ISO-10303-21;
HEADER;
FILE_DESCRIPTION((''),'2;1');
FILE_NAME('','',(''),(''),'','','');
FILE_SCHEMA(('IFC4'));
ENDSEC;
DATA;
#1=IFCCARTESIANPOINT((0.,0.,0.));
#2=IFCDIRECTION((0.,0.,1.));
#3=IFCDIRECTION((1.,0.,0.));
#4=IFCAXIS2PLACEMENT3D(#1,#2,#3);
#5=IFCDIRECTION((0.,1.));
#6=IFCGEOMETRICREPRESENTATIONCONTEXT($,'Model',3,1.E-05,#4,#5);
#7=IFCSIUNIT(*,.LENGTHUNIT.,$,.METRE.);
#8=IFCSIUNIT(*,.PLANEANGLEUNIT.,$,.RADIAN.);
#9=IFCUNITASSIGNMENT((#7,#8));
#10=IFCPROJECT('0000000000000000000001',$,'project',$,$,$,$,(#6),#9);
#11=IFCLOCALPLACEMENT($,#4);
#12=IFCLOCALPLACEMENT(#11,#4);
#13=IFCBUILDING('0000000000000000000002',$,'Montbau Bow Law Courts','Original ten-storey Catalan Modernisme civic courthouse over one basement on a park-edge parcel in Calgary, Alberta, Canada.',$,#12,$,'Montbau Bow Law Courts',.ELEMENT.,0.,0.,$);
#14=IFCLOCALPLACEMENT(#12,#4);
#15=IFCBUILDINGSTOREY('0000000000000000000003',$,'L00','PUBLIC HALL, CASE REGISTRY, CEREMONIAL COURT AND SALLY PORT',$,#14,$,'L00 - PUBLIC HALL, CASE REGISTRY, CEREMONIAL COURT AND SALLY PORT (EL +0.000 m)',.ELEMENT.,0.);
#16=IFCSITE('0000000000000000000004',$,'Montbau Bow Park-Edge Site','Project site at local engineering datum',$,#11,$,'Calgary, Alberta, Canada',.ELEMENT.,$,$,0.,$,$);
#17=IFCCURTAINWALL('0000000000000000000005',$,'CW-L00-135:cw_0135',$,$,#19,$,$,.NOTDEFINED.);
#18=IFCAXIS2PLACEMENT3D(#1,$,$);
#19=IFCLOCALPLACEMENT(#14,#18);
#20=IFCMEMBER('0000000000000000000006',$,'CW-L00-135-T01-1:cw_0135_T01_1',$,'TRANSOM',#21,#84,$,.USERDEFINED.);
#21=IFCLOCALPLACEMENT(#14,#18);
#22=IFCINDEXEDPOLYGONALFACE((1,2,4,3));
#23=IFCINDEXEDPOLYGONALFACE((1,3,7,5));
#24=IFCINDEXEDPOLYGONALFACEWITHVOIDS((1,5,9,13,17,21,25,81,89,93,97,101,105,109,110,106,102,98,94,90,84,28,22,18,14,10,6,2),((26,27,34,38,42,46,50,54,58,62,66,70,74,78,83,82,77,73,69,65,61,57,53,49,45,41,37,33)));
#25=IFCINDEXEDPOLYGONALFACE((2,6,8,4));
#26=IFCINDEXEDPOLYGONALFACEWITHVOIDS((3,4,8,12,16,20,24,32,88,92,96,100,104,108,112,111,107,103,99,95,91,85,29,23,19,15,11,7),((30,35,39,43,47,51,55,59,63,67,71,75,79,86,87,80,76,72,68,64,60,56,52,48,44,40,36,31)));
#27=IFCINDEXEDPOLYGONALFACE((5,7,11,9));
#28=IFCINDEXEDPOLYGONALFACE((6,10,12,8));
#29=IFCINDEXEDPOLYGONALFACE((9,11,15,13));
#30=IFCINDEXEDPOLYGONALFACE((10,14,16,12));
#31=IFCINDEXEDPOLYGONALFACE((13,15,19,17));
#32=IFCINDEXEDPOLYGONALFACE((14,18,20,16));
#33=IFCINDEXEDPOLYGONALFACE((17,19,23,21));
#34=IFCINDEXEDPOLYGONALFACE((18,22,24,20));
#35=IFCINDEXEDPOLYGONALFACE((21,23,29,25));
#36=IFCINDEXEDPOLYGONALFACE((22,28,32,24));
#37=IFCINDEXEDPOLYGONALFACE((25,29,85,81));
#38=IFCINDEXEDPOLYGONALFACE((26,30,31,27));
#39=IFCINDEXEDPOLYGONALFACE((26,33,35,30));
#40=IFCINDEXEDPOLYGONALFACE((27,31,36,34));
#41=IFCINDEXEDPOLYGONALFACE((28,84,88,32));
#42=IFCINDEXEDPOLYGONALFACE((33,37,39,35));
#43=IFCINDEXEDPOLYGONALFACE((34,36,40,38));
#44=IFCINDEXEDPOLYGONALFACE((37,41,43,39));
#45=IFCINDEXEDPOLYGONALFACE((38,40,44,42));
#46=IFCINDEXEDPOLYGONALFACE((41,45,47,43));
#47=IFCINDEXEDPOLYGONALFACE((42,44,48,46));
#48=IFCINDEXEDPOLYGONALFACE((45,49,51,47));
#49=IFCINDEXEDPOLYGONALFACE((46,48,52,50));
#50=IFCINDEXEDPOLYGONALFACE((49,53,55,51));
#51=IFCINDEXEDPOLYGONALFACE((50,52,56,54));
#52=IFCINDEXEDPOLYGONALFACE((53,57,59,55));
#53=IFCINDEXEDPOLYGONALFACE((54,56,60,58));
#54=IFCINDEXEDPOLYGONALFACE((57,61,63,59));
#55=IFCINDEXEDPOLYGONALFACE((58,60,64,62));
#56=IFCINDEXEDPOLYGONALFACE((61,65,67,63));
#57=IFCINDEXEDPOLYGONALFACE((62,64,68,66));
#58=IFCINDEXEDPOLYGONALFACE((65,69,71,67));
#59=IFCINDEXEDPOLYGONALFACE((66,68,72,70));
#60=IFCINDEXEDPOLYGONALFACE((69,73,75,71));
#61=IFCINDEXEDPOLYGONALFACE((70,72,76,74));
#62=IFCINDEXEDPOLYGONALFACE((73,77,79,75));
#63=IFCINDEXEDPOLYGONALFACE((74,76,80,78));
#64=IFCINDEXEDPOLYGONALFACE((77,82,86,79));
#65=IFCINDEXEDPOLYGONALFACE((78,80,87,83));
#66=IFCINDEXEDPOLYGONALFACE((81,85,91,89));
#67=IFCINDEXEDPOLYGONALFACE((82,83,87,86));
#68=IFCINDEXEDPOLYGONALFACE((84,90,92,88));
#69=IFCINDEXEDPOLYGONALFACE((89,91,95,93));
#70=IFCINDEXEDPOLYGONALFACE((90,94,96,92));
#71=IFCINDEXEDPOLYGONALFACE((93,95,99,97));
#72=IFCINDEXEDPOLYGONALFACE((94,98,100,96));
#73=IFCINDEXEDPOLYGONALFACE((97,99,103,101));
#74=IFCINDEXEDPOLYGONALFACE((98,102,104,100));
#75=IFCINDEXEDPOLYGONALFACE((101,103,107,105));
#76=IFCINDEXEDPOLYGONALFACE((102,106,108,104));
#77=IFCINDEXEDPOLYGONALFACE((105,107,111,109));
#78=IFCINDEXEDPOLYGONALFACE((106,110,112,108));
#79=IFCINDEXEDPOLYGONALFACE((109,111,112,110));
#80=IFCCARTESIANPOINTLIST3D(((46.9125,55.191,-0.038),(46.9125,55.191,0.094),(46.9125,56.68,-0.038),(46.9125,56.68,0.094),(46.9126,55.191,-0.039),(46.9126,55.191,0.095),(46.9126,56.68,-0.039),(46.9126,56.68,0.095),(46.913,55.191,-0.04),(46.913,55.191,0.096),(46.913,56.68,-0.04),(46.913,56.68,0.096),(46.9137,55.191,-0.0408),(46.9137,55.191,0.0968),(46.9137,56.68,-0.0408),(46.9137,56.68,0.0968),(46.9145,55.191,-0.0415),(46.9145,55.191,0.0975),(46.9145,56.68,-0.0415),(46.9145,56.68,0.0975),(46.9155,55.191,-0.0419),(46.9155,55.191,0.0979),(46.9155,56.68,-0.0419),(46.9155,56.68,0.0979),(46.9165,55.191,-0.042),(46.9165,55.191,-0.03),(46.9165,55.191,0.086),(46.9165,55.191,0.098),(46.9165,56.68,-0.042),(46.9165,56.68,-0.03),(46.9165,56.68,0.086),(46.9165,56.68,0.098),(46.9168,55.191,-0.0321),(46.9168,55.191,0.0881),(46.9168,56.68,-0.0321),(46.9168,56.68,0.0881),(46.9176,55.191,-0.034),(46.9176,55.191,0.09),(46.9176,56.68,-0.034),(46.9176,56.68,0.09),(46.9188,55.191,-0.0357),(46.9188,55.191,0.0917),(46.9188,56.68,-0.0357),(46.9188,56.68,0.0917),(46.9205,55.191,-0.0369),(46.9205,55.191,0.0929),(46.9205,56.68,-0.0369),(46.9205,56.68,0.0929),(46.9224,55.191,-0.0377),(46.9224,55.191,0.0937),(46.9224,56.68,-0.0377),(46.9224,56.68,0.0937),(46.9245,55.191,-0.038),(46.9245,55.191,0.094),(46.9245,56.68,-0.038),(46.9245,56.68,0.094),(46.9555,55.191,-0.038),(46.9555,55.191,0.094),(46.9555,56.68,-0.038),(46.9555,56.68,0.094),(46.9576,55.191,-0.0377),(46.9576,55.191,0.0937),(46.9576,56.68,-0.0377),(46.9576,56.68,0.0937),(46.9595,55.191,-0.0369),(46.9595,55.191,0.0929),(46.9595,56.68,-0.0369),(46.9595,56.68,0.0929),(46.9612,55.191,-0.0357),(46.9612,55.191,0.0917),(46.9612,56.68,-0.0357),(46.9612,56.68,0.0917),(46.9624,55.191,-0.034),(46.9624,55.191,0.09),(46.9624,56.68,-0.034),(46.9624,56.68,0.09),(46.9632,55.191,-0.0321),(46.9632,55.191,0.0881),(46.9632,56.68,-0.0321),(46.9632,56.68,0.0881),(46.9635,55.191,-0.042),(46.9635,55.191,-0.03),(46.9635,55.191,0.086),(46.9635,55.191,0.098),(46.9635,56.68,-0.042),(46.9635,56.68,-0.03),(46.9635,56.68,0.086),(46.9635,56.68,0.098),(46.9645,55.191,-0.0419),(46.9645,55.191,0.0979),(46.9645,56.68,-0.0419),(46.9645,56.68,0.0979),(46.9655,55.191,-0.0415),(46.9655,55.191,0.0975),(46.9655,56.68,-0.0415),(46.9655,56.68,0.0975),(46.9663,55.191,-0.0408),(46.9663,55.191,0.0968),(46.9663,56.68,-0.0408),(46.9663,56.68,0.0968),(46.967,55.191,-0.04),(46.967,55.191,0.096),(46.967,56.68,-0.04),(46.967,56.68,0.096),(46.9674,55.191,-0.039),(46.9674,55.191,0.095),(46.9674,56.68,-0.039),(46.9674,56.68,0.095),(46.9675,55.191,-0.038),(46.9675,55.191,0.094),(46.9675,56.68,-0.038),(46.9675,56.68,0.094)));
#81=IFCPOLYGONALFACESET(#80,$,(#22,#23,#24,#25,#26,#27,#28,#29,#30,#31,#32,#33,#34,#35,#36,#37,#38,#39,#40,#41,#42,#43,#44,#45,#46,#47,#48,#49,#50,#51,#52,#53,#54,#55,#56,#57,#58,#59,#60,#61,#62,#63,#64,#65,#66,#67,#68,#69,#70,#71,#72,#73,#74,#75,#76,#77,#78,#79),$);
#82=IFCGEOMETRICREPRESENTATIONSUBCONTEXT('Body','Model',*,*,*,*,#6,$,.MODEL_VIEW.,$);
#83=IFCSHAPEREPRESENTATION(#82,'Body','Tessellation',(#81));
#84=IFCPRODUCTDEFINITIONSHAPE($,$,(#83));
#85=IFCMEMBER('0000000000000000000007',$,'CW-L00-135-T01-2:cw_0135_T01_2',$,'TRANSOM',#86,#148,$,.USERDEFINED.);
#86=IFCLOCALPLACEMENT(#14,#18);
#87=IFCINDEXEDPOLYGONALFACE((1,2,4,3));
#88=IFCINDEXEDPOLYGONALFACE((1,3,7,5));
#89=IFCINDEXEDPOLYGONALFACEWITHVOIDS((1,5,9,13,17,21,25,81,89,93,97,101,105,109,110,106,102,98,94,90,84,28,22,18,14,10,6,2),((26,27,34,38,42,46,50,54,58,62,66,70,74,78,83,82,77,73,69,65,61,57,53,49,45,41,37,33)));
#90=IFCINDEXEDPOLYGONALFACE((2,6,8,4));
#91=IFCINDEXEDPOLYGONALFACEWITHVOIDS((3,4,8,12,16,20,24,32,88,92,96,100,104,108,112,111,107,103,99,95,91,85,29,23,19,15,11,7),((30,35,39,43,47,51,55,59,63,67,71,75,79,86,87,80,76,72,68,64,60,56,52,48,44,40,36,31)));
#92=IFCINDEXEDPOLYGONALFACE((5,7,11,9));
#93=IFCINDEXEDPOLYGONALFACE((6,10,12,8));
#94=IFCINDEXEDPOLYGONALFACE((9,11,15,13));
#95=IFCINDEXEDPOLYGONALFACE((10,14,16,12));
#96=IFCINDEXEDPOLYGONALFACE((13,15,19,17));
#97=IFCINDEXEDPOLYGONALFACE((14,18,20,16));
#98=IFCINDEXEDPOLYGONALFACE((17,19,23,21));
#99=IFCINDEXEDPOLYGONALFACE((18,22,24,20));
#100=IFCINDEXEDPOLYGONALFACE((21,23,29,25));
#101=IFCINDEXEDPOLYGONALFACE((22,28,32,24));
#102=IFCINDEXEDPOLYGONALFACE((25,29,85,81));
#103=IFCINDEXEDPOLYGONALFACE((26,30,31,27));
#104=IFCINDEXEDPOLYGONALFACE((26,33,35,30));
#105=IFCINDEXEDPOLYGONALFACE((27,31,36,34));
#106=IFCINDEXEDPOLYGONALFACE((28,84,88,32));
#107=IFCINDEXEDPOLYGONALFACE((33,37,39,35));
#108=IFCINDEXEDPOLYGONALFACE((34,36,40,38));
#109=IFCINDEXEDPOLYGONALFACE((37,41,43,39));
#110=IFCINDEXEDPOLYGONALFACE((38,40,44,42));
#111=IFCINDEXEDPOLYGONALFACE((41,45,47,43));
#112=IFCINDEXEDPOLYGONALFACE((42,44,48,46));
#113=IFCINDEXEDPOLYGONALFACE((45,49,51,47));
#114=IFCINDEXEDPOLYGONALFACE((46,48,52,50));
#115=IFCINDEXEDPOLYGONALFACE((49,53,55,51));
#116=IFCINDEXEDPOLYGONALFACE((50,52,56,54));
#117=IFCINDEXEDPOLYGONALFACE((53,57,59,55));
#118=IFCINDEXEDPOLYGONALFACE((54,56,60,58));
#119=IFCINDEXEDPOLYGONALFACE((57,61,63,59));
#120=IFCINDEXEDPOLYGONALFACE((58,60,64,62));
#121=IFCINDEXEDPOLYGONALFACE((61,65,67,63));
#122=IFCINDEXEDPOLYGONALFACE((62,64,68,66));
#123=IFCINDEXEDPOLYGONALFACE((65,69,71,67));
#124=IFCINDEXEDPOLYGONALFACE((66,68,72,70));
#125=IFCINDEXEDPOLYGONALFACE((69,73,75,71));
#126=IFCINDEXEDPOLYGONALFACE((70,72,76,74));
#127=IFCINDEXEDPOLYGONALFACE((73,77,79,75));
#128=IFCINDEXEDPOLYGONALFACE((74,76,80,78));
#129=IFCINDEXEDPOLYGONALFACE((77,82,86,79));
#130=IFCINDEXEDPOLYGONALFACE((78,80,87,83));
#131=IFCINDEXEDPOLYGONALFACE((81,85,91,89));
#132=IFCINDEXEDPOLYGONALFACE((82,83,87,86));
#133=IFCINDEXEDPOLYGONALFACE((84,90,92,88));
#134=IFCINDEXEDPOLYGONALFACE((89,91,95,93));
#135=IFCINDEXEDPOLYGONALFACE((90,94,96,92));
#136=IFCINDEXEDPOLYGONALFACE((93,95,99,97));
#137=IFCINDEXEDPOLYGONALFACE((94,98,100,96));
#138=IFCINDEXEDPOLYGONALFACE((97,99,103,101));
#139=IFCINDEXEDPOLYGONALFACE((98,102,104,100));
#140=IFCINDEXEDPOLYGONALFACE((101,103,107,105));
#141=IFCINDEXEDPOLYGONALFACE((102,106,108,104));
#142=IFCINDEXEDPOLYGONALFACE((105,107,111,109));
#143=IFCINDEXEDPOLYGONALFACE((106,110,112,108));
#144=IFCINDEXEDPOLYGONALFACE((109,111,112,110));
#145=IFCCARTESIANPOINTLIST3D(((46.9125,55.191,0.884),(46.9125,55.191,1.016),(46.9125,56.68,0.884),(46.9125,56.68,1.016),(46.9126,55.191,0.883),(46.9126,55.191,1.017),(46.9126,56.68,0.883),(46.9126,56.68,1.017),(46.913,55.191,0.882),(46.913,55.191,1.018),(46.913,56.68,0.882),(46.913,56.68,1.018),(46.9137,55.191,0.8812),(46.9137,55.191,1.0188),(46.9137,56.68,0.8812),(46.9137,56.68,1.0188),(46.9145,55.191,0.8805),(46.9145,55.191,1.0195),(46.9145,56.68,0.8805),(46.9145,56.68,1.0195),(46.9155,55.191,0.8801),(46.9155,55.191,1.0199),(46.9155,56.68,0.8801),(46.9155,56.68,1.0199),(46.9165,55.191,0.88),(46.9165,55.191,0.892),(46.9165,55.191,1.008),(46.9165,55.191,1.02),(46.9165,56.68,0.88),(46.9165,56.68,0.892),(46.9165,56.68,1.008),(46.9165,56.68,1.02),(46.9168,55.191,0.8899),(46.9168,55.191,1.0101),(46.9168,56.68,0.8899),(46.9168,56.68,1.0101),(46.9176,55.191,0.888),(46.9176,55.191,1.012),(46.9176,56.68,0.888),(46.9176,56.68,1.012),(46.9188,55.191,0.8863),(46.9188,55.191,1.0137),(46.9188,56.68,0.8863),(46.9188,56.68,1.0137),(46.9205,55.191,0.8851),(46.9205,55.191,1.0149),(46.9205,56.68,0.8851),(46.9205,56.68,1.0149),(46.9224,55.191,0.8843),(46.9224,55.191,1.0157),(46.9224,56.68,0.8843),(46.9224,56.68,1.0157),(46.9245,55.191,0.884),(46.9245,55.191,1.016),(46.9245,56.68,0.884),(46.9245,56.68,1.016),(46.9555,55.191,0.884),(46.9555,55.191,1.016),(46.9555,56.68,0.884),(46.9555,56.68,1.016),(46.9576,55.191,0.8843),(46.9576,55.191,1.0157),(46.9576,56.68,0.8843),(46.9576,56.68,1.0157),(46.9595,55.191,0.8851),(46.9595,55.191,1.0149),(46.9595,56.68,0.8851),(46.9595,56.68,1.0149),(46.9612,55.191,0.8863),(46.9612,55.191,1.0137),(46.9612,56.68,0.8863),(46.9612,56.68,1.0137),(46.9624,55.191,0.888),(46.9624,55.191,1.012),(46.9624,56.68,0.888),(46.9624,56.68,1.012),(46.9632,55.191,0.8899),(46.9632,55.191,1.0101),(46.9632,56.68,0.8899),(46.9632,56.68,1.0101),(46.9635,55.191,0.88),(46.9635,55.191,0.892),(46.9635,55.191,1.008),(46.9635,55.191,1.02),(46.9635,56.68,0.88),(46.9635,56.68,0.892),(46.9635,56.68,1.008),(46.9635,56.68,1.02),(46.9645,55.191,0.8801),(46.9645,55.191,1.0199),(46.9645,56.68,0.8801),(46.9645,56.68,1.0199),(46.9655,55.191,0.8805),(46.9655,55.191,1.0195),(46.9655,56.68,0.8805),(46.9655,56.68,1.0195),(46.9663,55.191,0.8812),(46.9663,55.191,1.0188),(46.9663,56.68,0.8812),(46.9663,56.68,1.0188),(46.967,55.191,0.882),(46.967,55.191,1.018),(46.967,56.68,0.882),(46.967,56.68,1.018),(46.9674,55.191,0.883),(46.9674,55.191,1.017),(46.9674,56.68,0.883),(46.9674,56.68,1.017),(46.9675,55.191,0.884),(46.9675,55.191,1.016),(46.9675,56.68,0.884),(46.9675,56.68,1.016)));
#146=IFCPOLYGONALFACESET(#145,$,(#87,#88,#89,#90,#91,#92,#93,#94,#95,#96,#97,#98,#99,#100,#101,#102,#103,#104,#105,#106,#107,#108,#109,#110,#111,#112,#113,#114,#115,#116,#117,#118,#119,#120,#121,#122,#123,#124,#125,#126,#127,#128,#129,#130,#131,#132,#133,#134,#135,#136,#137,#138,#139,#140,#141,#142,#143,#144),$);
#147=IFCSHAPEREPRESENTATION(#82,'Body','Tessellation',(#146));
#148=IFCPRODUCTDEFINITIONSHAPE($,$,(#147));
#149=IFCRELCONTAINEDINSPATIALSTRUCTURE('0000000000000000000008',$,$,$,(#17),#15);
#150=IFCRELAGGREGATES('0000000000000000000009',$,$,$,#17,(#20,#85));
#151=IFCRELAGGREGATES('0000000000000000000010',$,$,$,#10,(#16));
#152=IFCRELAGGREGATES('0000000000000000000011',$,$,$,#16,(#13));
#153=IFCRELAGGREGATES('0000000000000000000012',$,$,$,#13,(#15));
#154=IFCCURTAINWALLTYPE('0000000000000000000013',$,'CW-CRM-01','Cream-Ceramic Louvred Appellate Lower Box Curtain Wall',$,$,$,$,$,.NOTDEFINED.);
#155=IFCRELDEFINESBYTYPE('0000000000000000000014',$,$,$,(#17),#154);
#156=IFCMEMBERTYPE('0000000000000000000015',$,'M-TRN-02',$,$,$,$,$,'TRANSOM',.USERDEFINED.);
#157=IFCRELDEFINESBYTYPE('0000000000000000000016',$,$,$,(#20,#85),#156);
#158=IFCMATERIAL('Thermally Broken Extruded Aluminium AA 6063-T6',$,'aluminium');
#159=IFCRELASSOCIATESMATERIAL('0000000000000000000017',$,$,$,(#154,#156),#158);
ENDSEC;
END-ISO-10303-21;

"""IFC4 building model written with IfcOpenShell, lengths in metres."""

from ifc_helpers import new_model, si_unit, direction, frame, origin_with_axes, origin_2d_with_axis, place, context, subcontext, project, spatial, hollow_rectangle, extrude, material, material_profile, profile_set, type_object, element, aggregate, save


model = new_model("IFC4")

# Units and contexts
model_context = context("Model", 3, precision=1e-05, world=origin_with_axes(), true_north=direction((0.0, 1.0)))
body_context = subcontext(model_context, "Body", "Model", "MODEL_VIEW")
ifc_project = project(units=[si_unit("LENGTHUNIT", "METRE"), si_unit("PLANEANGLEUNIT", "RADIAN")], contexts=[model_context])

# Site, building, storey
site_placement = place(None, origin_with_axes())
site = spatial("IfcSite", under=ifc_project, at=site_placement, Name="Montbau Bow Park-Edge Site", Description="Project site at local engineering datum", LongName="Calgary, Alberta, Canada", CompositionType="ELEMENT", RefElevation=0.0)
building_placement = place(site_placement, origin_with_axes())
building = spatial("IfcBuilding", under=site, at=building_placement, Name="Montbau Bow Law Courts", Description="Original ten-storey Catalan Modernisme civic courthouse over one basement on a park-edge parcel in Calgary, Alberta, Canada.", LongName="Montbau Bow Law Courts", CompositionType="ELEMENT", ElevationOfRefHeight=0.0, ElevationOfTerrain=0.0)
storey_placement = place(building_placement, origin_with_axes())
storey = spatial("IfcBuildingStorey", under=building, at=storey_placement, Name="L00", Description="PUBLIC HALL, CASE REGISTRY, CEREMONIAL COURT AND SALLY PORT", LongName="L00 - PUBLIC HALL, CASE REGISTRY, CEREMONIAL COURT AND SALLY PORT (EL +0.000 m)", CompositionType="ELEMENT", Elevation=0.0)

# Curtain wall
ifc_material_1 = material(Name="Thermally Broken Extruded Aluminium AA 6063-T6", Category="aluminium")
curtain_wall_type_1 = type_object("IfcCurtainWallType", Name="CW-CRM-01", Description="Cream-Ceramic Louvred Appellate Lower Box Curtain Wall", PredefinedType="NOTDEFINED", material=ifc_material_1)
curtain_wall_1_placement = place(None, frame((46.94, 55.115, 0.0), z_axis=(0.0, 0.0, 1.0), x_axis=(1.0, 0.0, 0.0)))
curtain_wall_1 = element("IfcCurtainWall", 1, at=curtain_wall_1_placement, inside=storey, type_object=curtain_wall_type_1, Name="CW-L00-135:cw_0135", PredefinedType="NOTDEFINED")

# Members
ifc_material_profile_1 = material_profile(ifc_material_1, hollow_rectangle(XDim=0.055, YDim=0.14, WallThickness=0.004, InnerFilletRadius=0.008, OuterFilletRadius=0.004, at=origin_2d_with_axis()), Name="CWT-140X55", Category="Main", Priority=0)
ifc_profile_set_1 = profile_set([ifc_material_profile_1], Name="Thermally Broken Extruded Aluminium AA 6063-T6")
member_type_1 = type_object("IfcMemberType", Name="M-TRN-02", ElementType="TRANSOM", PredefinedType="USERDEFINED", material=ifc_profile_set_1)
member_1_placement = place(None, frame((46.94, 55.191, 0.028), z_axis=(0.0, 1.0, 0.0), x_axis=(-1.0, 0.0, 0.0)))
member_1 = element("IfcMember", 2, at=member_1_placement, type_object=member_type_1, Name="CW-L00-135-T01-1:cw_0135_T01_1", ObjectType="TRANSOM", PredefinedType="USERDEFINED", context=body_context, shape_type="SweptSolid", body=[
    extrude(hollow_rectangle(XDim=0.055, YDim=0.14, WallThickness=0.004, InnerFilletRadius=0.008, OuterFilletRadius=0.004, at=origin_2d_with_axis()), origin_with_axes(), (0.0, 0.0, 1.0), 1.489),
])
member_2_placement = place(None, frame((46.94, 55.191, 0.95), z_axis=(0.0, 1.0, 0.0), x_axis=(-1.0, 0.0, 0.0)))
member_2 = element("IfcMember", 3, at=member_2_placement, type_object=member_type_1, Name="CW-L00-135-T01-2:cw_0135_T01_2", ObjectType="TRANSOM", PredefinedType="USERDEFINED", context=body_context, shape_type="SweptSolid", body=[
    extrude(hollow_rectangle(XDim=0.055, YDim=0.14, WallThickness=0.004, InnerFilletRadius=0.008, OuterFilletRadius=0.004, at=origin_2d_with_axis()), origin_with_axes(), (0.0, 0.0, 1.0), 1.489),
])

aggregate(curtain_wall_1, [member_1, member_2])

save(model, "model.ifc")
